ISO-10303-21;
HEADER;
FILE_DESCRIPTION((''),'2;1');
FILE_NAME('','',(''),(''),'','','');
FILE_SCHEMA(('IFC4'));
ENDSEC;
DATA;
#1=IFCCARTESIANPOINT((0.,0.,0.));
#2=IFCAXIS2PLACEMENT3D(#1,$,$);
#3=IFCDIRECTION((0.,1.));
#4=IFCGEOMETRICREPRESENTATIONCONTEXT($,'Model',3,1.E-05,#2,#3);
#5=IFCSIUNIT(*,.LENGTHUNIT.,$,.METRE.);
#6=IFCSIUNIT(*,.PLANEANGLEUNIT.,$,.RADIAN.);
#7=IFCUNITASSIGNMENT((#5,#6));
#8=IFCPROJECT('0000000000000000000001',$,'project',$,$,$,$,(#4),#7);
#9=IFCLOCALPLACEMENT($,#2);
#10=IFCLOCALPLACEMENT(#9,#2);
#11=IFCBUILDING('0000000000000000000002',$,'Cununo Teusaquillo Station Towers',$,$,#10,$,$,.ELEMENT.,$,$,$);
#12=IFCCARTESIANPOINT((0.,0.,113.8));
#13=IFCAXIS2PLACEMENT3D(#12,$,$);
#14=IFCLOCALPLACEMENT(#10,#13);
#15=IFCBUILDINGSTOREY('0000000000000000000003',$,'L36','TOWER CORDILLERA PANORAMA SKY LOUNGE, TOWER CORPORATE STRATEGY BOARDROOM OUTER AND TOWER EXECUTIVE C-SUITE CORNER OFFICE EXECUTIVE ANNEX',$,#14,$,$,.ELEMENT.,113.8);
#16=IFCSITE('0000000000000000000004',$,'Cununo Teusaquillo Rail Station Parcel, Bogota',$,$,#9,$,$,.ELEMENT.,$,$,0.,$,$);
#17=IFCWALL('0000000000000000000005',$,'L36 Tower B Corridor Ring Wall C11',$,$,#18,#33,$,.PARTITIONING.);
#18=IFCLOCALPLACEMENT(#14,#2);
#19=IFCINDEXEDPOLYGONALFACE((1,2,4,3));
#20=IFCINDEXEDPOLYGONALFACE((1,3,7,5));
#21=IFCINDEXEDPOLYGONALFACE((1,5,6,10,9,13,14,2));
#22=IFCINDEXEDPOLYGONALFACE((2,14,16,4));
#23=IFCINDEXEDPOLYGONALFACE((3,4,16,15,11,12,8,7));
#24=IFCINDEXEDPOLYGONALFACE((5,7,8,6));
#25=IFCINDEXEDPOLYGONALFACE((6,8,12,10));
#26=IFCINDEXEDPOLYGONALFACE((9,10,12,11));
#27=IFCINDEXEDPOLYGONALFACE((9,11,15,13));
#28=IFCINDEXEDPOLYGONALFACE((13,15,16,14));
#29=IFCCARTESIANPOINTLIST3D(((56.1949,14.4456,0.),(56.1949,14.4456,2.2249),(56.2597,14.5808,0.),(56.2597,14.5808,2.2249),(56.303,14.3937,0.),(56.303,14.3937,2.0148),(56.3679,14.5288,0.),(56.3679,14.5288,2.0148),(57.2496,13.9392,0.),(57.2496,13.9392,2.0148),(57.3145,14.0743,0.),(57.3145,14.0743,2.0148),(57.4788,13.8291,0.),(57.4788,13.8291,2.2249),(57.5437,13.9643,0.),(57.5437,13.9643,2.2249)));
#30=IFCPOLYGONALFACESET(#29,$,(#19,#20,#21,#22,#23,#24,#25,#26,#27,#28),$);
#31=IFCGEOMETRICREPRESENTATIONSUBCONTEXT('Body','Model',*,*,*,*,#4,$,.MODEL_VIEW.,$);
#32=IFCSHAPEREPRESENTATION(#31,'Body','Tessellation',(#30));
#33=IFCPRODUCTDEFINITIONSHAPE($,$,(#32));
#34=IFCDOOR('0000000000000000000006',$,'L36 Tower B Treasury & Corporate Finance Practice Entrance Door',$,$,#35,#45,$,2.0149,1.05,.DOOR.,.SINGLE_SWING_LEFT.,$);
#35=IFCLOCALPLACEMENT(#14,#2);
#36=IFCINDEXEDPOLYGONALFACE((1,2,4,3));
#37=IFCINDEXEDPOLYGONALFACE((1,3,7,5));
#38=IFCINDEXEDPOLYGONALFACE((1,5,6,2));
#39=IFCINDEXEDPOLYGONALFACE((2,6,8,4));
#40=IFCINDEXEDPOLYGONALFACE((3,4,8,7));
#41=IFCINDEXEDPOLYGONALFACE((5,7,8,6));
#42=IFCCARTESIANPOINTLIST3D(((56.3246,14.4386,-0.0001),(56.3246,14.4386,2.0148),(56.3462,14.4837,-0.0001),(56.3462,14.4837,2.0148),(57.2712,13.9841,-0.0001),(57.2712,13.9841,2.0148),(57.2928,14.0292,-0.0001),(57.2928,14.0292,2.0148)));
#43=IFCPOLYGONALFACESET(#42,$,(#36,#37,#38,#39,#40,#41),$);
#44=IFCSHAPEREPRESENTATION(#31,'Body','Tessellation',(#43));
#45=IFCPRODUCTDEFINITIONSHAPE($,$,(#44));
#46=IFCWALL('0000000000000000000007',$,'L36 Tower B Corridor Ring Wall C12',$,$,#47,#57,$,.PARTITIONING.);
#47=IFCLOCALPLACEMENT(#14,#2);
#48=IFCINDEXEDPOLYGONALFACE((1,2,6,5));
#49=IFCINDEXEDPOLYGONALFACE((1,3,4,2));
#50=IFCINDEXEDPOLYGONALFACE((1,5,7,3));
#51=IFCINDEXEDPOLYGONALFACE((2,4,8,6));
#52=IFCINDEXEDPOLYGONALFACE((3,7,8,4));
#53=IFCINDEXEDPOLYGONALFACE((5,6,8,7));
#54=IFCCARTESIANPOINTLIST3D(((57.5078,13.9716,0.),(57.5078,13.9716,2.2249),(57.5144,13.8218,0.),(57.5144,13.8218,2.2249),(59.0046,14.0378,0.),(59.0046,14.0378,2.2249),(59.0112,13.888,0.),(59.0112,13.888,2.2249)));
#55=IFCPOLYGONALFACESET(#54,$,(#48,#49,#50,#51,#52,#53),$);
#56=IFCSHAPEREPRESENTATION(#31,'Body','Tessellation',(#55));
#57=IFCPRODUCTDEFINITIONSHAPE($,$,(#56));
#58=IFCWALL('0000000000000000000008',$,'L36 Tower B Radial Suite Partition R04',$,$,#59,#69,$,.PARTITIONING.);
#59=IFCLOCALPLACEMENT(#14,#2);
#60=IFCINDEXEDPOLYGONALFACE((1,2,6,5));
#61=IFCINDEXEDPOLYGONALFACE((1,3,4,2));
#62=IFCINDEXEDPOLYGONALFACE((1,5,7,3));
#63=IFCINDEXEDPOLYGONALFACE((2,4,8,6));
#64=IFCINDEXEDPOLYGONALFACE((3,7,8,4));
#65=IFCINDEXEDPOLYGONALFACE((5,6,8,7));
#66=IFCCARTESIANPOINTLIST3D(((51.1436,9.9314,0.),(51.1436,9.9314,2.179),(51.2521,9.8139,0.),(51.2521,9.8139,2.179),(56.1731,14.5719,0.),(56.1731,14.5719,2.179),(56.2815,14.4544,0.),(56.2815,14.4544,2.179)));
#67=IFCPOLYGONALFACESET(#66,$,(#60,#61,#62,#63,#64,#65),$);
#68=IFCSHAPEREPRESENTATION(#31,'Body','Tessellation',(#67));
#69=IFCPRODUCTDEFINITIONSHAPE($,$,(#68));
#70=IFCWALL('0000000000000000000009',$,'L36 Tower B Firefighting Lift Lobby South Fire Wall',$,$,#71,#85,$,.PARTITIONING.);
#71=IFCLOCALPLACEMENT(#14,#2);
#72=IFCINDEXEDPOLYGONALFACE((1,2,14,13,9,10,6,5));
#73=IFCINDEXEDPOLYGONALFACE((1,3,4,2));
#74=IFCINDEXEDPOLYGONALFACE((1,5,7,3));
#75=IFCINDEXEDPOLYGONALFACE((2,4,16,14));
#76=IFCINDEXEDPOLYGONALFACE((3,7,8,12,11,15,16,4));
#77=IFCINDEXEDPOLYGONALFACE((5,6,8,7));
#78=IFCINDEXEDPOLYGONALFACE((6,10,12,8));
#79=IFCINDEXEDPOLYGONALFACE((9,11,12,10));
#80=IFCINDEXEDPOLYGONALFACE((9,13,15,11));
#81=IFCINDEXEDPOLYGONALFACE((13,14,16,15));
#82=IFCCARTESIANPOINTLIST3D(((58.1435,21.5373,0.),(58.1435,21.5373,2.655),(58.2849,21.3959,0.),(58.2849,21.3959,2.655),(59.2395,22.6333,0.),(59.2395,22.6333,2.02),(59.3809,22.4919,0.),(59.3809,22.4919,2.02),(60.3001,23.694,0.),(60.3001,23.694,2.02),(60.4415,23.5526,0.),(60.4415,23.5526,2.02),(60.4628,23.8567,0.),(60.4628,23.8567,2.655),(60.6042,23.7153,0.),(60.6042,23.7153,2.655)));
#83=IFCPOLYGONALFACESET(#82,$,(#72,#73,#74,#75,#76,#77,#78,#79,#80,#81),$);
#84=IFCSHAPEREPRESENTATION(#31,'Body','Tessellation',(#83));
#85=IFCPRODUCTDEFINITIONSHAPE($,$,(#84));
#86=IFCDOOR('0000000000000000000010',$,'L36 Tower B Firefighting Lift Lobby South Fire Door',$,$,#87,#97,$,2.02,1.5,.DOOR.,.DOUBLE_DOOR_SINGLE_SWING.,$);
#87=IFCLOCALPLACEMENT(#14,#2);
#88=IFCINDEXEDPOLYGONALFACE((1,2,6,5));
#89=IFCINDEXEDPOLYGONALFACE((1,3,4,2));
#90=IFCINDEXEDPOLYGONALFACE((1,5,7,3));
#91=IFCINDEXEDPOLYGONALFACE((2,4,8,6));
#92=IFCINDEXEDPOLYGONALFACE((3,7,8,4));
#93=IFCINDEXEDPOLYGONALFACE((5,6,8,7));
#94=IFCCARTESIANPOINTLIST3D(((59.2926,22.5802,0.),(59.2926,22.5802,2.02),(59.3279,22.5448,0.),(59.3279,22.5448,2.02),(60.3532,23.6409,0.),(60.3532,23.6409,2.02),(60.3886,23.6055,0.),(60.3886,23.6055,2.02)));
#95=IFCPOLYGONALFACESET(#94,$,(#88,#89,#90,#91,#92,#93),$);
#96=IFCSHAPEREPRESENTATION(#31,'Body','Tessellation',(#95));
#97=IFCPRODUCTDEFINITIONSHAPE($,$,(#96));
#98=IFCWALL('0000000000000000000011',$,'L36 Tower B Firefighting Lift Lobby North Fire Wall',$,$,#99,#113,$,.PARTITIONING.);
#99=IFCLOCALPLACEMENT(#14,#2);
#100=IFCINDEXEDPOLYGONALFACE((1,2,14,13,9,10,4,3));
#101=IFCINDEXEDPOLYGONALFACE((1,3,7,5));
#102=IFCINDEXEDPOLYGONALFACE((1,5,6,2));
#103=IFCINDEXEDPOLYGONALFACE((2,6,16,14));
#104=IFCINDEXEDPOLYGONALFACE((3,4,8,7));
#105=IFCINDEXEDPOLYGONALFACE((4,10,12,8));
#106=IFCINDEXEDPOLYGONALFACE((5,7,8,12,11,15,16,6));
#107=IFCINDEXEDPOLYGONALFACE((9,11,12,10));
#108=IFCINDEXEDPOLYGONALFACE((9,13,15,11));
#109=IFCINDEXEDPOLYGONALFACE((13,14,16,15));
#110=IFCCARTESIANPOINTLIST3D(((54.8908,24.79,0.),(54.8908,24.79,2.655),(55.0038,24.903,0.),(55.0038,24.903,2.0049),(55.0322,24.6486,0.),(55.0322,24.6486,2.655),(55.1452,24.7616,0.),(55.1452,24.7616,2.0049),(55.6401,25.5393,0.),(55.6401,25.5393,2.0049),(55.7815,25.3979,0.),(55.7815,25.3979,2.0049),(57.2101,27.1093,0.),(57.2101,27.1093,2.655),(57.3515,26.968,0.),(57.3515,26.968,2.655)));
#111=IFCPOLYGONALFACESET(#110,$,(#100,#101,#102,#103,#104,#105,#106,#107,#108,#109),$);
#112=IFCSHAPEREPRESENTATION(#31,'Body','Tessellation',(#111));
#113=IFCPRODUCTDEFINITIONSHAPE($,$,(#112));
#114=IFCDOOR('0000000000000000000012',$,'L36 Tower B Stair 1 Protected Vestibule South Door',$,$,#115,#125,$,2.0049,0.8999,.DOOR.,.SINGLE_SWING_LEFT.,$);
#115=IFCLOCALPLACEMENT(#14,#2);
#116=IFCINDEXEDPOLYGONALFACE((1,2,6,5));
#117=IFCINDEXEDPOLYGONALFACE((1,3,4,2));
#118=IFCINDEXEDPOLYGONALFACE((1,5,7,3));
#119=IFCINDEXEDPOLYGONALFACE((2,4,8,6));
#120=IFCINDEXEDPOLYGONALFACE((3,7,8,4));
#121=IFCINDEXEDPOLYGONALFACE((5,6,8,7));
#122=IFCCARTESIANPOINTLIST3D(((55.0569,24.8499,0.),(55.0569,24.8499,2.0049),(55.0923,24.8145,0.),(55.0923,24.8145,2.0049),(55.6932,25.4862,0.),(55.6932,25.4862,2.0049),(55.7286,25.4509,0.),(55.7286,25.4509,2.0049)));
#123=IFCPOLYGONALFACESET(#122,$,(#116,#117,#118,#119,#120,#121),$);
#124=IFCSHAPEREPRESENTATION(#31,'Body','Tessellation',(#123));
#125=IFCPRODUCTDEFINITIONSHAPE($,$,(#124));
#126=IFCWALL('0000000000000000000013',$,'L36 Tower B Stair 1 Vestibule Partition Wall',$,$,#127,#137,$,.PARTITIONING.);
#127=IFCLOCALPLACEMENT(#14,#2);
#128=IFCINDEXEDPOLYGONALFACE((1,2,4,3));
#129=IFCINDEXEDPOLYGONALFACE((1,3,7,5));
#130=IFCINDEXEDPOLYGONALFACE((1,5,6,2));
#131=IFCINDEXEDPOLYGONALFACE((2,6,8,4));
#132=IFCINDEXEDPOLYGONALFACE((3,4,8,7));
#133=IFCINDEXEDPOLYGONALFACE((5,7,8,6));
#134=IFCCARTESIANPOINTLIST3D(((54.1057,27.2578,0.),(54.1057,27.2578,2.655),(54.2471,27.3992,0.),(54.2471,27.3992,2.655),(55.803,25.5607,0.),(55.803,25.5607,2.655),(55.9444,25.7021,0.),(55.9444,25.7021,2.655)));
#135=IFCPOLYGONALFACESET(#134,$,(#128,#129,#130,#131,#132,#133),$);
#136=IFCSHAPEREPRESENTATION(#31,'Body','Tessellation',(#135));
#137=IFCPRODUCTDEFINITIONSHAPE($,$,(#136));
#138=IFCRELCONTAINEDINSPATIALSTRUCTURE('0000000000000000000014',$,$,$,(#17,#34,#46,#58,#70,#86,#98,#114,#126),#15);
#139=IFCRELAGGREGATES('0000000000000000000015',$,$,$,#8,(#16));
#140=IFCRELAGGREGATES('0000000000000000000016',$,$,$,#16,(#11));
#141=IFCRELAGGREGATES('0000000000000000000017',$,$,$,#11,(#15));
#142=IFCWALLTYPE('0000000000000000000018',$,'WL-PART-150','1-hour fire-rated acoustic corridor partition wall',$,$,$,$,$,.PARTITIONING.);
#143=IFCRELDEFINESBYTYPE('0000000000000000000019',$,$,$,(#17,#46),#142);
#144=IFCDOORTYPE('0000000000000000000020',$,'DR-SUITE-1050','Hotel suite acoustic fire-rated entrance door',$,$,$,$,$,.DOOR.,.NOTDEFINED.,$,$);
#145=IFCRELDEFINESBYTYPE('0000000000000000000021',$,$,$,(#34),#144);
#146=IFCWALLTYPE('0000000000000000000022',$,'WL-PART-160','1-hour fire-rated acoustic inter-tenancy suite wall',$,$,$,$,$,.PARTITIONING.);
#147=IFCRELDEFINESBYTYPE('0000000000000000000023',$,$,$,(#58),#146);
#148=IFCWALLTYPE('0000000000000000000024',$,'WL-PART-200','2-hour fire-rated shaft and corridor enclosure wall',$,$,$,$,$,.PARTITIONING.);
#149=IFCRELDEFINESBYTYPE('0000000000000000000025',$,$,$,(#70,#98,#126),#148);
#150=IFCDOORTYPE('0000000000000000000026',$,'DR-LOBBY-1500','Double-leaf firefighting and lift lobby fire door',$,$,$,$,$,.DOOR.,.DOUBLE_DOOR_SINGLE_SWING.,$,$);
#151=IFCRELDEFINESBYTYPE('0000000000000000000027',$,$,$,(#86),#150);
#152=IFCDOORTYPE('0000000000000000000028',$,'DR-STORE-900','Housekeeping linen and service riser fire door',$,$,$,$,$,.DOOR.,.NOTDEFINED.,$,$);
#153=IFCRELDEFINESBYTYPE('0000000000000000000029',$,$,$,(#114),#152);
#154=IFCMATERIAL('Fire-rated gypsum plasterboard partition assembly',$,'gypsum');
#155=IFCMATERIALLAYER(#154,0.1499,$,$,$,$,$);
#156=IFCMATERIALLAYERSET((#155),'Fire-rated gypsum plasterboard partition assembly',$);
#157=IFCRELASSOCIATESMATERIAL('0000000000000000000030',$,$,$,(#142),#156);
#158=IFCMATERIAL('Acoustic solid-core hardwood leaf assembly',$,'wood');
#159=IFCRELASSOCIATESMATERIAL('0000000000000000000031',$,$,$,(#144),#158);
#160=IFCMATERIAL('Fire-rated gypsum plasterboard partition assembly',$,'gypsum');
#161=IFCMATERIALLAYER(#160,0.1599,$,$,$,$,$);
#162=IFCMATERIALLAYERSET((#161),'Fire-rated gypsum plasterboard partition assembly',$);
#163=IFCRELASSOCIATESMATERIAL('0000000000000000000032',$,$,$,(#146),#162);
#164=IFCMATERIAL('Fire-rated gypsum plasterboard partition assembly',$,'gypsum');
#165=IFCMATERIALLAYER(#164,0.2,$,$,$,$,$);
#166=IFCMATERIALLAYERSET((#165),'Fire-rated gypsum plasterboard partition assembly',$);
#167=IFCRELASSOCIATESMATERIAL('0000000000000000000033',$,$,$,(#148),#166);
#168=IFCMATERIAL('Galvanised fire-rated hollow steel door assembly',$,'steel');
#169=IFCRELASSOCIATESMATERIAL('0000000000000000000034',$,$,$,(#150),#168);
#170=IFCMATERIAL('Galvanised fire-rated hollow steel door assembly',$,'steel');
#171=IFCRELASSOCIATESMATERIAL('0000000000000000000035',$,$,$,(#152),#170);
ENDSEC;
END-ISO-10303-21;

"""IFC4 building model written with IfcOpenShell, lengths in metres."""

from ifc_helpers import new_model, si_unit, direction, frame, frame_2d, origin, place, context, subcontext, project, spatial, rectangle, extrude, source, transform, mapped, material, layer, layer_set, type_object, element, fill, save


model = new_model("IFC4")

# Units and contexts
model_context = context("Model", 3, precision=1e-05, world=origin(), true_north=direction((0.0, 1.0)))
body_context = subcontext(model_context, "Body", "Model", "MODEL_VIEW")
ifc_project = project(units=[si_unit("LENGTHUNIT", "METRE"), si_unit("PLANEANGLEUNIT", "RADIAN")], contexts=[model_context])

# Site, building, storey
site_placement = place(None, origin())
site = spatial("IfcSite", under=ifc_project, at=site_placement, Name="Cununo Teusaquillo Rail Station Parcel, Bogota", CompositionType="ELEMENT", RefElevation=0.0)
building_placement = place(site_placement, origin())
building = spatial("IfcBuilding", under=site, at=building_placement, Name="Cununo Teusaquillo Station Towers", CompositionType="ELEMENT")
storey_placement = place(building_placement, frame((0.0, 0.0, 113.8)))
storey = spatial("IfcBuildingStorey", under=building, at=storey_placement, Name="L36", Description="TOWER CORDILLERA PANORAMA SKY LOUNGE, TOWER CORPORATE STRATEGY BOARDROOM OUTER AND TOWER EXECUTIVE C-SUITE CORNER OFFICE EXECUTIVE ANNEX", CompositionType="ELEMENT", Elevation=113.8)

# Shared definitions
ifc_material_1 = material(Name="Fire-rated gypsum plasterboard partition assembly", Category="gypsum")
ifc_layer_1 = layer(ifc_material_1, 0.1499)
ifc_layer_set_1 = layer_set([ifc_layer_1], Name="Fire-rated gypsum plasterboard partition assembly")
wall_type_1 = type_object("IfcWallType", Name="WL-PART-150", Description="1-hour fire-rated acoustic corridor partition wall", PredefinedType="PARTITIONING", material=ifc_layer_set_1)

# Wall, opening, door
wall_1_placement = place(storey_placement, frame((56.2273, 14.5132, 0.0), z_axis=(0.0, 0.0, 1.0), x_axis=(0.901478, -0.432826, 0.0)))
wall_1 = element("IfcWall", 1, at=wall_1_placement, inside=storey, type_object=wall_type_1, Name="L36 Tower B Corridor Ring Wall C11", PredefinedType="PARTITIONING", context=body_context, shape_type="SweptSolid", body=[
    extrude(rectangle(XDim=1.4243, YDim=0.1499, at=frame_2d((0.7122, 0.0))), origin(), (0.0, 0.0, 1.0), 2.2249),
])
shared_shape_1 = source(origin(), body_context, "Body", "SweptSolid", [
    extrude(rectangle(XDim=1.05, YDim=2.0149, at=frame_2d((0.5249, 1.0073))), frame((0.0, 0.085, 0.0), z_axis=(0.0, -1.0, 0.0), x_axis=(1.0, 0.0, 0.0)), (0.0, 0.0, 1.0), 0.1699),
])
opening_1_placement = place(wall_1_placement, frame((0.1201, 0.0, 0.0)))
opening_1 = element("IfcOpeningElement", 2, at=opening_1_placement, cuts=wall_1, PredefinedType="OPENING", context=body_context, shape_type="MappedRepresentation", body=[
    mapped(shared_shape_1, transform((0.0, 0.0, 0.0), x_axis=(1.0, 0.0, 0.0), y_axis=(0.0, 1.0, 0.0), z_axis=(0.0, 0.0, 1.0), scale=1.0)),
])
ifc_material_2 = material(Name="Acoustic solid-core hardwood leaf assembly", Category="wood")
door_type_1 = type_object("IfcDoorType", Name="DR-SUITE-1050", Description="Hotel suite acoustic fire-rated entrance door", OperationType="NOTDEFINED", PredefinedType="DOOR", material=ifc_material_2)
shared_shape_2 = source(origin(), body_context, "Body", "SweptSolid", [
    extrude(rectangle(XDim=1.05, YDim=2.0149, at=frame_2d((0.5249, 1.0073))), frame((0.0, 0.0249, 0.0), z_axis=(0.0, -1.0, 0.0), x_axis=(1.0, 0.0, 0.0)), (0.0, 0.0, 1.0), 0.05),
])
door_1_placement = place(opening_1_placement, origin())
door_1 = element("IfcDoor", 3, at=door_1_placement, inside=storey, type_object=door_type_1, Name="L36 Tower B Treasury & Corporate Finance Practice Entrance Door", OperationType="SINGLE_SWING_LEFT", OverallHeight=2.0149, OverallWidth=1.05, PredefinedType="DOOR", context=body_context, shape_type="MappedRepresentation", body=[
    mapped(shared_shape_2, transform((0.0, 0.0, 0.0), x_axis=(1.0, 0.0, 0.0), y_axis=(0.0, 1.0, 0.0), z_axis=(0.0, 0.0, 1.0), scale=1.0)),
])
fill(opening_1, door_1)

# Walls
wall_2_placement = place(storey_placement, frame((57.5112, 13.8967, 0.0), z_axis=(0.0, 0.0, 1.0), x_axis=(0.999025, 0.044158, 0.0)))
element("IfcWall", 4, at=wall_2_placement, inside=storey, type_object=wall_type_1, Name="L36 Tower B Corridor Ring Wall C12", PredefinedType="PARTITIONING", context=body_context, shape_type="SweptSolid", body=[
    extrude(rectangle(XDim=1.4983, YDim=0.1499, at=frame_2d((0.749, 0.0))), origin(), (0.0, 0.0, 1.0), 2.2249),
])
ifc_material_3 = material(Name="Fire-rated gypsum plasterboard partition assembly", Category="gypsum")
ifc_layer_2 = layer(ifc_material_3, 0.1599)
ifc_layer_set_2 = layer_set([ifc_layer_2], Name="Fire-rated gypsum plasterboard partition assembly")
wall_type_2 = type_object("IfcWallType", Name="WL-PART-160", Description="1-hour fire-rated acoustic inter-tenancy suite wall", PredefinedType="PARTITIONING", material=ifc_layer_set_2)
wall_3_placement = place(storey_placement, frame((56.2273, 14.5132, 0.0), z_axis=(0.0, 0.0, 1.0), x_axis=(-0.734951, -0.67812, 0.0)))
element("IfcWall", 5, at=wall_3_placement, inside=storey, type_object=wall_type_2, Name="L36 Tower B Radial Suite Partition R04", PredefinedType="PARTITIONING", context=body_context, shape_type="SweptSolid", body=[
    extrude(rectangle(XDim=6.8433, YDim=0.1599, at=frame_2d((3.4216, 0.0))), origin(), (0.0, 0.0, 1.0), 2.179),
])

# Walls, openings, doors
ifc_material_4 = material(Name="Fire-rated gypsum plasterboard partition assembly", Category="gypsum")
ifc_layer_3 = layer(ifc_material_4, 0.2)
ifc_layer_set_3 = layer_set([ifc_layer_3], Name="Fire-rated gypsum plasterboard partition assembly")
wall_type_3 = type_object("IfcWallType", Name="WL-PART-200", Description="2-hour fire-rated shaft and corridor enclosure wall", PredefinedType="PARTITIONING", material=ifc_layer_set_3)
wall_4_placement = place(storey_placement, frame((58.2141, 21.4666, 0.0), z_axis=(0.0, 0.0, 1.0), x_axis=(0.707107, 0.707107, 0.0)))
wall_4 = element("IfcWall", 6, at=wall_4_placement, inside=storey, type_object=wall_type_3, Name="L36 Tower B Firefighting Lift Lobby South Fire Wall", PredefinedType="PARTITIONING", context=body_context, shape_type="SweptSolid", body=[
    extrude(rectangle(XDim=3.28, YDim=0.2, at=frame_2d((1.6401, 0.0))), origin(), (0.0, 0.0, 1.0), 2.655),
])
shared_shape_3 = source(origin(), body_context, "Body", "SweptSolid", [
    extrude(rectangle(XDim=1.5, YDim=2.02, at=frame_2d((0.75, 1.01))), frame((0.0, 0.1099, 0.0), z_axis=(0.0, -1.0, 0.0), x_axis=(1.0, 0.0, 0.0)), (0.0, 0.0, 1.0), 0.22),
])
opening_2_placement = place(wall_4_placement, frame((1.55, 0.0, 0.0)))
opening_2 = element("IfcOpeningElement", 7, at=opening_2_placement, cuts=wall_4, PredefinedType="OPENING", context=body_context, shape_type="MappedRepresentation", body=[
    mapped(shared_shape_3, transform((0.0, 0.0, 0.0), x_axis=(1.0, 0.0, 0.0), y_axis=(0.0, 1.0, 0.0), z_axis=(0.0, 0.0, 1.0), scale=1.0)),
])
ifc_material_5 = material(Name="Galvanised fire-rated hollow steel door assembly", Category="steel")
door_type_2 = type_object("IfcDoorType", Name="DR-LOBBY-1500", Description="Double-leaf firefighting and lift lobby fire door", OperationType="DOUBLE_DOOR_SINGLE_SWING", PredefinedType="DOOR", material=ifc_material_5)
shared_shape_4 = source(origin(), body_context, "Body", "SweptSolid", [
    extrude(rectangle(XDim=1.5, YDim=2.02, at=frame_2d((0.75, 1.01))), frame((0.0, 0.0249, 0.0), z_axis=(0.0, -1.0, 0.0), x_axis=(1.0, 0.0, 0.0)), (0.0, 0.0, 1.0), 0.05),
])
door_2_placement = place(opening_2_placement, origin())
door_2 = element("IfcDoor", 8, at=door_2_placement, inside=storey, type_object=door_type_2, Name="L36 Tower B Firefighting Lift Lobby South Fire Door", OperationType="DOUBLE_DOOR_SINGLE_SWING", OverallHeight=2.02, OverallWidth=1.5, PredefinedType="DOOR", context=body_context, shape_type="MappedRepresentation", body=[
    mapped(shared_shape_4, transform((0.0, 0.0, 0.0), x_axis=(1.0, 0.0, 0.0), y_axis=(0.0, 1.0, 0.0), z_axis=(0.0, 0.0, 1.0), scale=1.0)),
])
fill(opening_2, door_2)
wall_5_placement = place(storey_placement, frame((54.9614, 24.7192, 0.0), z_axis=(0.0, 0.0, 1.0), x_axis=(0.707107, 0.707107, 0.0)))
wall_5 = element("IfcWall", 9, at=wall_5_placement, inside=storey, type_object=wall_type_3, Name="L36 Tower B Firefighting Lift Lobby North Fire Wall", PredefinedType="PARTITIONING", context=body_context, shape_type="SweptSolid", body=[
    extrude(rectangle(XDim=3.28, YDim=0.2, at=frame_2d((1.6401, 0.0))), origin(), (0.0, 0.0, 1.0), 2.655),
])
shared_shape_5 = source(origin(), body_context, "Body", "SweptSolid", [
    extrude(rectangle(XDim=0.8999, YDim=2.0049, at=frame_2d((0.45, 1.0024))), frame((0.0, 0.1099, 0.0), z_axis=(0.0, -1.0, 0.0), x_axis=(1.0, 0.0, 0.0)), (0.0, 0.0, 1.0), 0.22),
])
opening_3_placement = place(wall_5_placement, frame((0.1599, 0.0, 0.0)))
opening_3 = element("IfcOpeningElement", 10, at=opening_3_placement, cuts=wall_5, PredefinedType="OPENING", context=body_context, shape_type="MappedRepresentation", body=[
    mapped(shared_shape_5, transform((0.0, 0.0, 0.0), x_axis=(1.0, 0.0, 0.0), y_axis=(0.0, 1.0, 0.0), z_axis=(0.0, 0.0, 1.0), scale=1.0)),
])
ifc_material_6 = material(Name="Galvanised fire-rated hollow steel door assembly", Category="steel")
door_type_3 = type_object("IfcDoorType", Name="DR-STORE-900", Description="Housekeeping linen and service riser fire door", OperationType="NOTDEFINED", PredefinedType="DOOR", material=ifc_material_6)
shared_shape_6 = source(origin(), body_context, "Body", "SweptSolid", [
    extrude(rectangle(XDim=0.8999, YDim=2.0049, at=frame_2d((0.45, 1.0024))), frame((0.0, 0.0249, 0.0), z_axis=(0.0, -1.0, 0.0), x_axis=(1.0, 0.0, 0.0)), (0.0, 0.0, 1.0), 0.05),
])
door_3_placement = place(opening_3_placement, origin())
door_3 = element("IfcDoor", 11, at=door_3_placement, inside=storey, type_object=door_type_3, Name="L36 Tower B Stair 1 Protected Vestibule South Door", OperationType="SINGLE_SWING_LEFT", OverallHeight=2.0049, OverallWidth=0.8999, PredefinedType="DOOR", context=body_context, shape_type="MappedRepresentation", body=[
    mapped(shared_shape_6, transform((0.0, 0.0, 0.0), x_axis=(1.0, 0.0, 0.0), y_axis=(0.0, 1.0, 0.0), z_axis=(0.0, 0.0, 1.0), scale=1.0)),
])
fill(opening_3, door_3)

# Wall
wall_6_placement = place(storey_placement, frame((55.8738, 25.6313, 0.0), z_axis=(0.0, 0.0, 1.0), x_axis=(-0.707158, 0.707056, 0.0)))
element("IfcWall", 12, at=wall_6_placement, inside=storey, type_object=wall_type_3, Name="L36 Tower B Stair 1 Vestibule Partition Wall", PredefinedType="PARTITIONING", context=body_context, shape_type="SweptSolid", body=[
    extrude(rectangle(XDim=2.4001, YDim=0.2, at=frame_2d((1.2002, 0.0))), origin(), (0.0, 0.0, 1.0), 2.655),
])

save(model, "model.ifc")
